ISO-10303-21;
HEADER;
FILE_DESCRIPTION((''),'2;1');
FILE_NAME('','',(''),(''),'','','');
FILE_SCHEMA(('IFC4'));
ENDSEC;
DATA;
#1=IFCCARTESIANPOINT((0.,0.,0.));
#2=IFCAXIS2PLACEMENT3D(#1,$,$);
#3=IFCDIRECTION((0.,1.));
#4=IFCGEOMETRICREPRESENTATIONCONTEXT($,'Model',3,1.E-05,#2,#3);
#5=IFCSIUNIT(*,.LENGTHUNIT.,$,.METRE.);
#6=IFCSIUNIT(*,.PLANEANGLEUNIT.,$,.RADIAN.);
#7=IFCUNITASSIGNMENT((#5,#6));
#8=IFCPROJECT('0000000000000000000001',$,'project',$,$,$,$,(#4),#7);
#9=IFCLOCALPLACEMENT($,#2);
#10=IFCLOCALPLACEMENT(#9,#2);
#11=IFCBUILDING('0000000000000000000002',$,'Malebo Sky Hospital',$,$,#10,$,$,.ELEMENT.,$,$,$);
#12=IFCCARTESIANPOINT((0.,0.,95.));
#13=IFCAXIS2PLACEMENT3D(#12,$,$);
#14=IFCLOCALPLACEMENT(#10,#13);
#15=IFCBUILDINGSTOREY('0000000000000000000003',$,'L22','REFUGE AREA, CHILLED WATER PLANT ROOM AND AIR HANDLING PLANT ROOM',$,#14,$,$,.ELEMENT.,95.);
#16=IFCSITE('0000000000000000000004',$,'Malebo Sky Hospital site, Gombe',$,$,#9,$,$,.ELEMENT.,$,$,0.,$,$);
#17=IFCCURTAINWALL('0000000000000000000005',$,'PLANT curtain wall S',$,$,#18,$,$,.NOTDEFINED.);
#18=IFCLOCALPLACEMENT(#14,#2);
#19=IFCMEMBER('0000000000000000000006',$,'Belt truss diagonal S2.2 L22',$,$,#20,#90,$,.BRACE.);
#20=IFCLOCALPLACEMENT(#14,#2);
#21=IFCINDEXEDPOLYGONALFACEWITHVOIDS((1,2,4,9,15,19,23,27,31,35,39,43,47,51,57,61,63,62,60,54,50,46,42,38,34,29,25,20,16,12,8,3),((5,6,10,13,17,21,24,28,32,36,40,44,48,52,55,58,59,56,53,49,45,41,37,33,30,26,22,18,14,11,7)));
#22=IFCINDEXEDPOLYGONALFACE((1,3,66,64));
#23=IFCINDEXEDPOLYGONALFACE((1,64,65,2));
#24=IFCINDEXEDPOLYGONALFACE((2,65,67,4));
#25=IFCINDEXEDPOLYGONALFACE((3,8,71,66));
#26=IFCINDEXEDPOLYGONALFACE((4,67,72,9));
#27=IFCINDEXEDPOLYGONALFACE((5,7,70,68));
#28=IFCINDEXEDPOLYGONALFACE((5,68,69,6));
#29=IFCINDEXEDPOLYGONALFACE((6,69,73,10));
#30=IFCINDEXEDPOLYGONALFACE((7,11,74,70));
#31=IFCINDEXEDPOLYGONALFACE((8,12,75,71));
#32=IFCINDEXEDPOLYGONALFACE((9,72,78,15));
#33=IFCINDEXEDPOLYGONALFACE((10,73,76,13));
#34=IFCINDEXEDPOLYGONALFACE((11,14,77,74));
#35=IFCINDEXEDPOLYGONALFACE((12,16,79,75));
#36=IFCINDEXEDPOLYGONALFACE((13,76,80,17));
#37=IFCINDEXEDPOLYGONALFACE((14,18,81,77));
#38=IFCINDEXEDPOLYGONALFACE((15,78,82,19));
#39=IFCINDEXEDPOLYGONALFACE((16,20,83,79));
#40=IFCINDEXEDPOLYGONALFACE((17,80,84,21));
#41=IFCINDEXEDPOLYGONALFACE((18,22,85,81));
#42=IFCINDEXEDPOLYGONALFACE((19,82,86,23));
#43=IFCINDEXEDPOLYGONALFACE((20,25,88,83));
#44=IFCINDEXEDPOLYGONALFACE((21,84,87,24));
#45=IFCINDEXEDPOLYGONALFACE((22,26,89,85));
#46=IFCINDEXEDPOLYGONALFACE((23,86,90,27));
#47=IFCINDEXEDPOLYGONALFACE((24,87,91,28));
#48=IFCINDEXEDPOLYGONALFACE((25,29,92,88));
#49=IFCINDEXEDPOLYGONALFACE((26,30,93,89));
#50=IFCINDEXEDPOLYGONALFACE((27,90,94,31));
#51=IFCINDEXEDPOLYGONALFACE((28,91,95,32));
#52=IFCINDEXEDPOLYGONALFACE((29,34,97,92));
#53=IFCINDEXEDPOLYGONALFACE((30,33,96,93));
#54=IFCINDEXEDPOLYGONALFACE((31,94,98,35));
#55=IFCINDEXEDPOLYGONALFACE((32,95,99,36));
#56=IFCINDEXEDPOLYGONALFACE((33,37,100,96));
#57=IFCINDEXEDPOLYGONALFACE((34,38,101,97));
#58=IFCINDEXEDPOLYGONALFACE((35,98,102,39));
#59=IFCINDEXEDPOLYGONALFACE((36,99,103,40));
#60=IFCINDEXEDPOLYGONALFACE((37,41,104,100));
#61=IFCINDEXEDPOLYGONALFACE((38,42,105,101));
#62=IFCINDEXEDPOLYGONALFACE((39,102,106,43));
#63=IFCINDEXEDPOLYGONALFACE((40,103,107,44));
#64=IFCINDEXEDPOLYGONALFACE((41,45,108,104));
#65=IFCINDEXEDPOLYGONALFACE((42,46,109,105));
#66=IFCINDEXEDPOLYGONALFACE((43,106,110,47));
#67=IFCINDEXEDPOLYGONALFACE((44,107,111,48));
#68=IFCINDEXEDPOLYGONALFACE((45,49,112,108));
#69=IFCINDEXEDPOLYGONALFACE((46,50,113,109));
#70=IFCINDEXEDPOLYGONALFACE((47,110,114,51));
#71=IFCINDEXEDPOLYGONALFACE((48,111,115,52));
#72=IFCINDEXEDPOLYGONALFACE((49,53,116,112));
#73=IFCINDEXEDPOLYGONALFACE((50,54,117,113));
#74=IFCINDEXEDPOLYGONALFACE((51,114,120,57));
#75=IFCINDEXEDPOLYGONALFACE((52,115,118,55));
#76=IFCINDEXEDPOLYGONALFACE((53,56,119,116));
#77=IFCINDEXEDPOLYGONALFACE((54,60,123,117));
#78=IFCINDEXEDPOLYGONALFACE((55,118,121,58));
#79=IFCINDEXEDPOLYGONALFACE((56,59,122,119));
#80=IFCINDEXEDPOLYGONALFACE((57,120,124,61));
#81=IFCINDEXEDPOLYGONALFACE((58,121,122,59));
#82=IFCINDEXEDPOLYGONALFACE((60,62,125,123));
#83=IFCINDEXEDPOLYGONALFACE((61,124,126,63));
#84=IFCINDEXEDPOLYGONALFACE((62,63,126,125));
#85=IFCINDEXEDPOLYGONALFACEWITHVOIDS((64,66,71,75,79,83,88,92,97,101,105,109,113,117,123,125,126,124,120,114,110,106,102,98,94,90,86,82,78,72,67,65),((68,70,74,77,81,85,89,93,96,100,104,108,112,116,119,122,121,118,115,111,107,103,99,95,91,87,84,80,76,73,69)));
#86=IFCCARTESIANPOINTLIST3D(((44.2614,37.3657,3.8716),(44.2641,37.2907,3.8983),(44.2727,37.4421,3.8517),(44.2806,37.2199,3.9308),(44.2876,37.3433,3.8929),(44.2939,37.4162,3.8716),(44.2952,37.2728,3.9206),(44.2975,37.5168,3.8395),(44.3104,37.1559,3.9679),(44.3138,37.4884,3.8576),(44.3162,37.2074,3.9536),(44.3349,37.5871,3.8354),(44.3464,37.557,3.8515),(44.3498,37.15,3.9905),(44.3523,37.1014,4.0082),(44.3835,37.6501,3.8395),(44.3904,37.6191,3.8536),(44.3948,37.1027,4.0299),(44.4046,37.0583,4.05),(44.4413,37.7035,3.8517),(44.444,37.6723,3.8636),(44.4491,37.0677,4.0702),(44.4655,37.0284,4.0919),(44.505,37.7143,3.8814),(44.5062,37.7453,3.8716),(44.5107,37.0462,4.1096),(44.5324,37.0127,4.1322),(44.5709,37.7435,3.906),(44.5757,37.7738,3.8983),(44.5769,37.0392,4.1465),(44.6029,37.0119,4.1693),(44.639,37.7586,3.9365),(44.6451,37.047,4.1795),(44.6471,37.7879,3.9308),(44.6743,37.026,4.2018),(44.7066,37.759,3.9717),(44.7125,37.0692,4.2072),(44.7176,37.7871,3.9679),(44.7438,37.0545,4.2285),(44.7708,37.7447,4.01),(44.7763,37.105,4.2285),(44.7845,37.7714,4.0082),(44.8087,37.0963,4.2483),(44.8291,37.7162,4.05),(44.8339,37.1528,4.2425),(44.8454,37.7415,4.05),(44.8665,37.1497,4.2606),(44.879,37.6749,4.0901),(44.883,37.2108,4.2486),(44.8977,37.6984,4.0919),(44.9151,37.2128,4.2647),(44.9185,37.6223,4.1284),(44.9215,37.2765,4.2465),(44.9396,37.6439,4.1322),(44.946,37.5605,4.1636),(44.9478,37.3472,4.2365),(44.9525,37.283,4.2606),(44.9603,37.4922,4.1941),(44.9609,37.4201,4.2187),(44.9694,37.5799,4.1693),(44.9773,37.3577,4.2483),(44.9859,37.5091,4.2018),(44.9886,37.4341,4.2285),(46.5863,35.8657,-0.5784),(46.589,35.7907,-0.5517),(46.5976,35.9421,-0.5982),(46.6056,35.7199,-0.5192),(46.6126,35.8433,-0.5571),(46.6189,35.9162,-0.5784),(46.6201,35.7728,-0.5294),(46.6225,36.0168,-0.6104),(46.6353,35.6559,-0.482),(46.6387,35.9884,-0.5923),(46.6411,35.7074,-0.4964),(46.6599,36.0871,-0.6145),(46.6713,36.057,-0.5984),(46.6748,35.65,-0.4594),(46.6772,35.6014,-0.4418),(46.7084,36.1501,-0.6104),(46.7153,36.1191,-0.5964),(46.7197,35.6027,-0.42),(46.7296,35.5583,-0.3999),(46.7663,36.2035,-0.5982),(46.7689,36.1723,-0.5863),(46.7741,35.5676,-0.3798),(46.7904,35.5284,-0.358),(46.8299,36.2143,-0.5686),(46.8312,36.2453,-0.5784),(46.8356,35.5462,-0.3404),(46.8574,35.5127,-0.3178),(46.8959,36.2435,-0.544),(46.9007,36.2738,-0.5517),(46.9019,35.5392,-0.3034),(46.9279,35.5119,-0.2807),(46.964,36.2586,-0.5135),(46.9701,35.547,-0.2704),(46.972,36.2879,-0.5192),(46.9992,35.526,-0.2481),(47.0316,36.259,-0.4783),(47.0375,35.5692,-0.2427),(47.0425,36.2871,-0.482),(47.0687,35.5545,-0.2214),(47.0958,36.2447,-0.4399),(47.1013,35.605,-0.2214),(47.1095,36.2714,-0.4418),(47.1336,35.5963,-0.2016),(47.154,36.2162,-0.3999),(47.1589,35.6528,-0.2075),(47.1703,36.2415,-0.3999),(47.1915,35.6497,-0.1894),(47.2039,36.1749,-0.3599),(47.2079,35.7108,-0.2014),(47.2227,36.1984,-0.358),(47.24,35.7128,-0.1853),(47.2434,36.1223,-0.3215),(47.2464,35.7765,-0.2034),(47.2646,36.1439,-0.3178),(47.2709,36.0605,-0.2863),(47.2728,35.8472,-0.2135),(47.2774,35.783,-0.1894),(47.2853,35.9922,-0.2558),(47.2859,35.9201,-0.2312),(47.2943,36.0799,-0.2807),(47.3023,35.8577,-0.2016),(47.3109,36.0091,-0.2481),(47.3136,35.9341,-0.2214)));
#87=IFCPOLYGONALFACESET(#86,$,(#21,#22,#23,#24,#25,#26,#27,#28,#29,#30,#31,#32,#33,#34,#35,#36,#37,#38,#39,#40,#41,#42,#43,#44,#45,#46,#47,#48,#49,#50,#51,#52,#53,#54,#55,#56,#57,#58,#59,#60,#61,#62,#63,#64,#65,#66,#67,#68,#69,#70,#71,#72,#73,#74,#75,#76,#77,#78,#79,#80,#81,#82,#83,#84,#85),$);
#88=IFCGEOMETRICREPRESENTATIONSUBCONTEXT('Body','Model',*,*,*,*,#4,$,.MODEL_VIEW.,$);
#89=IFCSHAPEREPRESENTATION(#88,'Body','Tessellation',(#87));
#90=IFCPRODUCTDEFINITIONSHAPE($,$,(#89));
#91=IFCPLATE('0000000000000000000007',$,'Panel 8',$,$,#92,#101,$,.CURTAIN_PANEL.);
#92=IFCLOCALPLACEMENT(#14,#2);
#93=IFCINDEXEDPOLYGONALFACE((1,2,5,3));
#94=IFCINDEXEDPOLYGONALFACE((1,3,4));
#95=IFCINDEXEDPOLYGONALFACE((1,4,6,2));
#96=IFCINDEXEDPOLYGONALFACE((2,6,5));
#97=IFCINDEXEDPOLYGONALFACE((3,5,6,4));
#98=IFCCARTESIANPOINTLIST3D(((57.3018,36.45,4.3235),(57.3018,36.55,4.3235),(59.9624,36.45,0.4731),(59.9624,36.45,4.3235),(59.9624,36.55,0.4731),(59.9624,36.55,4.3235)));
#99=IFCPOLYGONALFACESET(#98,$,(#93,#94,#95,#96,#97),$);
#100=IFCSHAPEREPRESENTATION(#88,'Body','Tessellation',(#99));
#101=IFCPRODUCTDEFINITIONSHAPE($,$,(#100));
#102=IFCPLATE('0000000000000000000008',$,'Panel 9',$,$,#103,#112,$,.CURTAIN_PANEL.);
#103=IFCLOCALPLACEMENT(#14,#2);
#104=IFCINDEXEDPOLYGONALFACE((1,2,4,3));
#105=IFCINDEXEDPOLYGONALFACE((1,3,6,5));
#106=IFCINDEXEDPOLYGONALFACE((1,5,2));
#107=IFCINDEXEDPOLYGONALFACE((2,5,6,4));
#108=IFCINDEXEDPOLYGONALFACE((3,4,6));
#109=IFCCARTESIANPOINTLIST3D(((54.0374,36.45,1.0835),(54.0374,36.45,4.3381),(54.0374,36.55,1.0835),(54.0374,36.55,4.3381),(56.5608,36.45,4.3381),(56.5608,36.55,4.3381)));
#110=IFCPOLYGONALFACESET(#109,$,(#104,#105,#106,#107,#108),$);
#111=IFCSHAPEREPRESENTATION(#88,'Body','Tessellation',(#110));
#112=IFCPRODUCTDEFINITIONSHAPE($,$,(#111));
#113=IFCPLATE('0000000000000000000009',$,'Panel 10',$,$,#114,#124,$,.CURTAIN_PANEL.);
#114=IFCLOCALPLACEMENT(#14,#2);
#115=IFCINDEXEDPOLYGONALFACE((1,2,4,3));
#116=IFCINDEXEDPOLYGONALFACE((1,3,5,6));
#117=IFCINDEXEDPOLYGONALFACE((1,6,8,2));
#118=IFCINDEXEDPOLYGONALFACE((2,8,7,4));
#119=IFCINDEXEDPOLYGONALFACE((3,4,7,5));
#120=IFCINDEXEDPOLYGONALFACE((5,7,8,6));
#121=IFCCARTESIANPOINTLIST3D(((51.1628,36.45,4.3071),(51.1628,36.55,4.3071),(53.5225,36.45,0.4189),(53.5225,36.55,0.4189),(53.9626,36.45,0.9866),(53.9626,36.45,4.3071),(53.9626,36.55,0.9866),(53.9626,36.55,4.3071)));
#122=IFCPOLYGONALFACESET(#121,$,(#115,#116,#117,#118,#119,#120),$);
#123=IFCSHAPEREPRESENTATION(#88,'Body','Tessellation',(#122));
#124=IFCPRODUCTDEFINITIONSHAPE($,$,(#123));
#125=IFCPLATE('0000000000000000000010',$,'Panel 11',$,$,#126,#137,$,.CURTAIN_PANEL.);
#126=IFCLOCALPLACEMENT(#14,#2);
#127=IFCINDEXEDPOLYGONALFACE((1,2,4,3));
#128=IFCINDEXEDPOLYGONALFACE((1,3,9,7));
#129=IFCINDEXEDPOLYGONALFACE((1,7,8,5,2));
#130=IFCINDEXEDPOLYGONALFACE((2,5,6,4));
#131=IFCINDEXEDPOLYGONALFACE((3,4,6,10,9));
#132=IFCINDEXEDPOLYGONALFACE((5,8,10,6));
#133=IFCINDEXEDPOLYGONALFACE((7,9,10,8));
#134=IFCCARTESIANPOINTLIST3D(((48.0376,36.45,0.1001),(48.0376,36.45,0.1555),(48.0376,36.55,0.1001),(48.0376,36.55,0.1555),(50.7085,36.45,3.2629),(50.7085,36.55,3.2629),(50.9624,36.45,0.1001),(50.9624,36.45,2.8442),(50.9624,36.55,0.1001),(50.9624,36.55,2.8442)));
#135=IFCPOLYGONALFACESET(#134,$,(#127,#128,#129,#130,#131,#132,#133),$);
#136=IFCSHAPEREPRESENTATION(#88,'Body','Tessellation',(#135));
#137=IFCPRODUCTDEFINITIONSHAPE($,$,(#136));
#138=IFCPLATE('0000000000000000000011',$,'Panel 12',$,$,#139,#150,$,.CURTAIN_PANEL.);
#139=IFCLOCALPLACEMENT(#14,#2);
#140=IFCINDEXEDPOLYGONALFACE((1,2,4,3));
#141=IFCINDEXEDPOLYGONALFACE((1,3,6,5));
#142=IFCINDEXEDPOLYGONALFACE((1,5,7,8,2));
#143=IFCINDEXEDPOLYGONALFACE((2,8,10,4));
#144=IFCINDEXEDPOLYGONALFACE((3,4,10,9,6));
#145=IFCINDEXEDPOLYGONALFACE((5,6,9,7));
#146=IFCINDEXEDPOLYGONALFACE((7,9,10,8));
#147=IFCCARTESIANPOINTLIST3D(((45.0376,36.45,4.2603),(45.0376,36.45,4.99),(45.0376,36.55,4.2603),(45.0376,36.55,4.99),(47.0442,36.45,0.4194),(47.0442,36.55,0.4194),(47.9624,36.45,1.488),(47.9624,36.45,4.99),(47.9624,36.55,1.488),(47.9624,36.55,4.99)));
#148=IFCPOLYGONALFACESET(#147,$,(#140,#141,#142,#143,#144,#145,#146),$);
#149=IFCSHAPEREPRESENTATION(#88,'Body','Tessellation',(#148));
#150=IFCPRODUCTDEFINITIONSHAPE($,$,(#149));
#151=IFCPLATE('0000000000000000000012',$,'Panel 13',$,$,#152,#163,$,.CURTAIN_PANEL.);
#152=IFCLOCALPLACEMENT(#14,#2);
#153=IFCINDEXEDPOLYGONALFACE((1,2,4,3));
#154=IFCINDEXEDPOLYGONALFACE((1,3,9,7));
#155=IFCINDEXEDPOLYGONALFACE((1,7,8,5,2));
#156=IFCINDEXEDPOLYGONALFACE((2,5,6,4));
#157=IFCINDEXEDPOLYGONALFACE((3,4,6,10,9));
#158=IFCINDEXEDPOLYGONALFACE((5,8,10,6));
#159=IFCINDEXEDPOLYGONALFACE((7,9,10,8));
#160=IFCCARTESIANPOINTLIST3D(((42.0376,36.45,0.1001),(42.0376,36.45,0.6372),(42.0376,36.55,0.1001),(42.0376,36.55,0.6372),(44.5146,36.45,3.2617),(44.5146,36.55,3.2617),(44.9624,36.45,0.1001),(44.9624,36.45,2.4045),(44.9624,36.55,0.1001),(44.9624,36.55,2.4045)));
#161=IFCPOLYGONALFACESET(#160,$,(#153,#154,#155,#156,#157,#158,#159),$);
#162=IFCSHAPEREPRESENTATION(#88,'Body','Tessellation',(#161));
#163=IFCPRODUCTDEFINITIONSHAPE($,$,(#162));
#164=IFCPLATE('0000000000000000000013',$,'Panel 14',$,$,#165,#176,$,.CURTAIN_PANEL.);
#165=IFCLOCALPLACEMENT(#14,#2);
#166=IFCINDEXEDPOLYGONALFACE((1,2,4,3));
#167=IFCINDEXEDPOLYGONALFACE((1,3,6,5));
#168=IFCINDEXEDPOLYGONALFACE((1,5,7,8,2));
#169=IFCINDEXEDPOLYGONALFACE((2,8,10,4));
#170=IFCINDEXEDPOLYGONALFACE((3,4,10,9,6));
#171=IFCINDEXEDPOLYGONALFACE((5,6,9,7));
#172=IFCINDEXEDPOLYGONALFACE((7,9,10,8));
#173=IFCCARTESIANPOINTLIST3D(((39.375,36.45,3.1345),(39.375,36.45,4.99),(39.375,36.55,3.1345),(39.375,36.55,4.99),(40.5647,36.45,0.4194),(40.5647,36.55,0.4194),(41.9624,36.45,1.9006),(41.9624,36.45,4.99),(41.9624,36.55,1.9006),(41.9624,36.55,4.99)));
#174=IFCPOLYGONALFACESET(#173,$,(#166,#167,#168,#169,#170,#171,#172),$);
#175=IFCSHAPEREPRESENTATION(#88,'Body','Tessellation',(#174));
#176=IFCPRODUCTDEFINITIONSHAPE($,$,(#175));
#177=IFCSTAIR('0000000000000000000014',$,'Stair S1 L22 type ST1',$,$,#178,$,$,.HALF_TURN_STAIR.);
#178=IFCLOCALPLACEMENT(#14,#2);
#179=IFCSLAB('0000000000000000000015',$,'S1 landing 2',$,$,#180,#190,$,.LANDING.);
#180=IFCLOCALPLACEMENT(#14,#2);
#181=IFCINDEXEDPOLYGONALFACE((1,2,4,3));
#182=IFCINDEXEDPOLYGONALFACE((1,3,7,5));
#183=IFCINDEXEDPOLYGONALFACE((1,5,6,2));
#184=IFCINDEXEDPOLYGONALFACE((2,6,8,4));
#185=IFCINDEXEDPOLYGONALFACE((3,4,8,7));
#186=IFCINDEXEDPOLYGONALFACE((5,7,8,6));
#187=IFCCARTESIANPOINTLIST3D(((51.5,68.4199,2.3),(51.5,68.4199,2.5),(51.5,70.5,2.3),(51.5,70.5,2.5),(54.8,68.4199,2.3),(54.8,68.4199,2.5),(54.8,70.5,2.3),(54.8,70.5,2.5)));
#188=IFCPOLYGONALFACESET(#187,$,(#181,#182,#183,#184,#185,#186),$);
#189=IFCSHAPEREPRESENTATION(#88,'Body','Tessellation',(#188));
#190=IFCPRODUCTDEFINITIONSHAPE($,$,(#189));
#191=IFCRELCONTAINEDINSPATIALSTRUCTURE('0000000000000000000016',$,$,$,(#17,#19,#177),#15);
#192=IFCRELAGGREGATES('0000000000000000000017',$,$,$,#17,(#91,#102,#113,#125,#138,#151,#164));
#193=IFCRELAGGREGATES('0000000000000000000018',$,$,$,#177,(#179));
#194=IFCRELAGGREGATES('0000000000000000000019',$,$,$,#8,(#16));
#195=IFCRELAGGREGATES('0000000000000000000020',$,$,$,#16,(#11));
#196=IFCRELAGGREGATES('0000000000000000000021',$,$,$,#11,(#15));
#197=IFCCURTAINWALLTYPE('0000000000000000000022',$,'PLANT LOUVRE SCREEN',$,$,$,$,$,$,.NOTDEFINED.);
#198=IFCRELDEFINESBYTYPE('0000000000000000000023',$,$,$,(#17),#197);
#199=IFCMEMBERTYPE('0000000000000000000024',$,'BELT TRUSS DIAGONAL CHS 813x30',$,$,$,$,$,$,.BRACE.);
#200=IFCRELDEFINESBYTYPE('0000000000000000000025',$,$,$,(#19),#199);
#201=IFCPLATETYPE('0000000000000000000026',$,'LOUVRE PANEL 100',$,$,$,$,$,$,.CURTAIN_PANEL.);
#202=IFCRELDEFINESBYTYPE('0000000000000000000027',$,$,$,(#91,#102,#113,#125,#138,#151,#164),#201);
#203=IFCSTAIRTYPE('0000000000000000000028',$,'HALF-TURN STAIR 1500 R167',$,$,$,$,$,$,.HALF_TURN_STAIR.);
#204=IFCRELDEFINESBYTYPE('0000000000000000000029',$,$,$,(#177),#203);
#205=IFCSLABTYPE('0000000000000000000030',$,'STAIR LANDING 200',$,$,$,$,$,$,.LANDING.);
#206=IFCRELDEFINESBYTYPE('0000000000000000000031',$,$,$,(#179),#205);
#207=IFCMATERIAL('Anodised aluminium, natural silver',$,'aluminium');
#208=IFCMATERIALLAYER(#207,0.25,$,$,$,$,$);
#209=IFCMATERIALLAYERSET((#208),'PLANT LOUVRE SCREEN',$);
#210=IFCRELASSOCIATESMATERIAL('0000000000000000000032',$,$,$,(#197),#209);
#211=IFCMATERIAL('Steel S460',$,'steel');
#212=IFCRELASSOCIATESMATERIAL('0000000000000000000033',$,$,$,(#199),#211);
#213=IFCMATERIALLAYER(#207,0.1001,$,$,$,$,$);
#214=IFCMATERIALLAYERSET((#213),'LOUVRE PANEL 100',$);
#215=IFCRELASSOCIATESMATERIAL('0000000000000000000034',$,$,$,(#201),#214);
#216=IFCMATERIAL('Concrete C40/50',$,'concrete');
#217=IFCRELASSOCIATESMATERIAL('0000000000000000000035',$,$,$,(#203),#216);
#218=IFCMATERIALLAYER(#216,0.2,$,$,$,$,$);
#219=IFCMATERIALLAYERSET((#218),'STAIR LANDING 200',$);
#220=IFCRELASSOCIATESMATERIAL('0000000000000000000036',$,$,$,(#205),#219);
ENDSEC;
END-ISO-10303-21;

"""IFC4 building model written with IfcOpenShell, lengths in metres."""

from ifc_helpers import new_model, si_unit, direction, frame, origin, origin_2d, place, context, subcontext, project, spatial, polyline, hollow_circle, outline, extrude, material, layer, layer_set, material_profile, profile_set, type_object, element, aggregate, save


model = new_model("IFC4")

# Units and contexts
model_context = context("Model", 3, precision=1e-05, world=origin(), true_north=direction((0.0, 1.0)))
body_context = subcontext(model_context, "Body", "Model", "MODEL_VIEW")
ifc_project = project(units=[si_unit("LENGTHUNIT", "METRE"), si_unit("PLANEANGLEUNIT", "RADIAN")], contexts=[model_context])

# Site, building, storey
site_placement = place(None, origin())
site = spatial("IfcSite", under=ifc_project, at=site_placement, Name="Malebo Sky Hospital site, Gombe", CompositionType="ELEMENT", RefElevation=0.0)
building_placement = place(site_placement, origin())
building = spatial("IfcBuilding", under=site, at=building_placement, Name="Malebo Sky Hospital", CompositionType="ELEMENT")
storey_placement = place(building_placement, frame((0.0, 0.0, 95.0)))
storey = spatial("IfcBuildingStorey", under=building, at=storey_placement, Name="L22", Description="REFUGE AREA, CHILLED WATER PLANT ROOM AND AIR HANDLING PLANT ROOM", CompositionType="ELEMENT", Elevation=95.0)

# Curtain wall
ifc_material_1 = material(Name="Anodised aluminium, natural silver", Category="aluminium")
ifc_layer_1 = layer(ifc_material_1, 0.25)
ifc_layer_set_1 = layer_set([ifc_layer_1], Name="PLANT LOUVRE SCREEN")
curtain_wall_type = type_object("IfcCurtainWallType", Name="PLANT LOUVRE SCREEN", PredefinedType="NOTDEFINED", material=ifc_layer_set_1)
curtain_wall_placement = place(storey_placement, origin())
curtain_wall = element("IfcCurtainWall", 1, at=curtain_wall_placement, inside=storey, type_object=curtain_wall_type, Name="PLANT curtain wall S", PredefinedType="NOTDEFINED")

# Member
ifc_material_2 = material(Name="Steel S460", Category="steel")
ifc_material_profile_1 = material_profile(ifc_material_2, hollow_circle(Radius=0.4065, WallThickness=0.03, at=origin_2d()), Name="CHS 813x30")
ifc_profile_set_1 = profile_set([ifc_material_profile_1], Name="Steel S460")
member_type_1 = type_object("IfcMemberType", Name="BELT TRUSS DIAGONAL CHS 813x30", PredefinedType="BRACE", material=ifc_profile_set_1)
member_1_placement = place(storey_placement, frame((44.625, 37.3999, 4.05), z_axis=(0.443694, -0.28626, -0.849229), x_axis=(0.542135, 0.840291, 0.0)))
element("IfcMember", 2, at=member_1_placement, inside=storey, type_object=member_type_1, Name="Belt truss diagonal S2.2 L22", PredefinedType="BRACE", context=body_context, shape_type="SweptSolid", body=[
    extrude(hollow_circle(Radius=0.4065, WallThickness=0.03, at=origin_2d()), origin(), (0.0, 0.0, 1.0), 5.24),
])

# Plates
ifc_layer_2 = layer(ifc_material_1, 0.1001)
ifc_layer_set_2 = layer_set([ifc_layer_2], Name="LOUVRE PANEL 100")
plate_type = type_object("IfcPlateType", Name="LOUVRE PANEL 100", PredefinedType="CURTAIN_PANEL", material=ifc_layer_set_2)
plate_1_placement = place(storey_placement, frame((58.6321, 36.5, 0.4731), z_axis=(0.0, 0.0, 1.0), x_axis=(-1.0, 0.0, 0.0)))
plate_1 = element("IfcPlate", 3, at=plate_1_placement, type_object=plate_type, Name="Panel 8", PredefinedType="CURTAIN_PANEL", context=body_context, shape_type="SweptSolid", body=[
    extrude(outline(polyline([(-1.3303, 0.0), (1.3303, 3.8503), (-1.3303, 3.8503), (-1.3303, 0.0)])), frame((0.0, 0.05, 0.0), z_axis=(0.0, -1.0, 0.0), x_axis=(1.0, 0.0, 0.0)), (0.0, 0.0, 1.0), 0.1001),
])
plate_2_placement = place(storey_placement, frame((55.2991, 36.5, 1.0835), z_axis=(0.0, 0.0, 1.0), x_axis=(-1.0, 0.0, 0.0)))
plate_2 = element("IfcPlate", 4, at=plate_2_placement, type_object=plate_type, Name="Panel 9", PredefinedType="CURTAIN_PANEL", context=body_context, shape_type="SweptSolid", body=[
    extrude(outline(polyline([(1.2617, 0.0), (1.2617, 3.2546), (-1.2617, 3.2546), (1.2617, 0.0)])), frame((0.0, 0.05, 0.0), z_axis=(0.0, -1.0, 0.0), x_axis=(1.0, 0.0, 0.0)), (0.0, 0.0, 1.0), 0.1001),
])
plate_3_placement = place(storey_placement, frame((52.5627, 36.5, 0.4189), z_axis=(0.0, 0.0, 1.0), x_axis=(-1.0, 0.0, 0.0)))
plate_3 = element("IfcPlate", 5, at=plate_3_placement, type_object=plate_type, Name="Panel 10", PredefinedType="CURTAIN_PANEL", context=body_context, shape_type="SweptSolid", body=[
    extrude(outline(polyline([(-0.9597, 0.0), (1.3999, 3.8882), (-1.3999, 3.8882), (-1.3999, 0.5676), (-0.9597, 0.0)])), frame((0.0, 0.05, 0.0), z_axis=(0.0, -1.0, 0.0), x_axis=(1.0, 0.0, 0.0)), (0.0, 0.0, 1.0), 0.1001),
])
plate_4_placement = place(storey_placement, frame((49.5, 36.5, 0.1001), z_axis=(0.0, 0.0, 1.0), x_axis=(-1.0, 0.0, 0.0)))
plate_4 = element("IfcPlate", 6, at=plate_4_placement, type_object=plate_type, Name="Panel 11", PredefinedType="CURTAIN_PANEL", context=body_context, shape_type="SweptSolid", body=[
    extrude(outline(polyline([(-1.4624, 0.0), (1.4624, 0.0), (1.4624, 0.0554), (-1.2085, 3.1628), (-1.4624, 2.7441), (-1.4624, 0.0)])), frame((0.0, 0.05, 0.0), z_axis=(0.0, -1.0, 0.0), x_axis=(1.0, 0.0, 0.0)), (0.0, 0.0, 1.0), 0.1001),
])
plate_5_placement = place(storey_placement, frame((46.5, 36.5, 0.4194), z_axis=(0.0, 0.0, 1.0), x_axis=(-1.0, 0.0, 0.0)))
plate_5 = element("IfcPlate", 7, at=plate_5_placement, type_object=plate_type, Name="Panel 12", PredefinedType="CURTAIN_PANEL", context=body_context, shape_type="SweptSolid", body=[
    extrude(outline(polyline([(-0.5442, 0.0), (1.4624, 3.8408), (1.4624, 4.5706), (-1.4624, 4.5706), (-1.4624, 1.0686), (-0.5442, 0.0)])), frame((0.0, 0.05, 0.0), z_axis=(0.0, -1.0, 0.0), x_axis=(1.0, 0.0, 0.0)), (0.0, 0.0, 1.0), 0.1001),
])
plate_6_placement = place(storey_placement, frame((43.5, 36.5, 0.1001), z_axis=(0.0, 0.0, 1.0), x_axis=(-1.0, 0.0, 0.0)))
plate_6 = element("IfcPlate", 8, at=plate_6_placement, type_object=plate_type, Name="Panel 13", PredefinedType="CURTAIN_PANEL", context=body_context, shape_type="SweptSolid", body=[
    extrude(outline(polyline([(-1.4624, 0.0), (1.4624, 0.0), (1.4624, 0.5371), (-1.0146, 3.1616), (-1.4624, 2.3044), (-1.4624, 0.0)])), frame((0.0, 0.05, 0.0), z_axis=(0.0, -1.0, 0.0), x_axis=(1.0, 0.0, 0.0)), (0.0, 0.0, 1.0), 0.1001),
])
plate_7_placement = place(storey_placement, frame((40.6687, 36.5, 0.4194), z_axis=(0.0, 0.0, 1.0), x_axis=(-1.0, 0.0, 0.0)))
plate_7 = element("IfcPlate", 9, at=plate_7_placement, type_object=plate_type, Name="Panel 14", PredefinedType="CURTAIN_PANEL", context=body_context, shape_type="SweptSolid", body=[
    extrude(outline(polyline([(0.104, 0.0), (1.2937, 2.7151), (1.2937, 4.5706), (-1.2937, 4.5706), (-1.2937, 1.4812), (0.104, 0.0)])), frame((0.0, 0.05, 0.0), z_axis=(0.0, -1.0, 0.0), x_axis=(1.0, 0.0, 0.0)), (0.0, 0.0, 1.0), 0.1001),
])
aggregate(curtain_wall, [plate_1, plate_2, plate_3, plate_4, plate_5, plate_6, plate_7])

# Stair, slab
ifc_material_3 = material(Name="Concrete C40/50", Category="concrete")
stair_type_1 = type_object("IfcStairType", Name="HALF-TURN STAIR 1500 R167", PredefinedType="HALF_TURN_STAIR", material=ifc_material_3)
stair_1_placement = place(storey_placement, origin())
stair_1 = element("IfcStair", 10, at=stair_1_placement, inside=storey, type_object=stair_type_1, Name="Stair S1 L22 type ST1", PredefinedType="HALF_TURN_STAIR")
ifc_layer_3 = layer(ifc_material_3, 0.2)
ifc_layer_set_3 = layer_set([ifc_layer_3], Name="STAIR LANDING 200")
slab_type = type_object("IfcSlabType", Name="STAIR LANDING 200", PredefinedType="LANDING", material=ifc_layer_set_3)
slab_1_placement = place(storey_placement, frame((0.0, 0.0, 2.3)))
slab_1 = element("IfcSlab", 11, at=slab_1_placement, type_object=slab_type, Name="S1 landing 2", PredefinedType="LANDING", context=body_context, shape_type="SweptSolid", body=[
    extrude(outline(polyline([(51.5, 68.4199), (54.8, 68.4199), (54.8, 70.5), (51.5, 70.5), (51.5, 68.4199)])), origin(), (0.0, 0.0, 1.0), 0.2),
])
aggregate(stair_1, [slab_1])

save(model, "model.ifc")
